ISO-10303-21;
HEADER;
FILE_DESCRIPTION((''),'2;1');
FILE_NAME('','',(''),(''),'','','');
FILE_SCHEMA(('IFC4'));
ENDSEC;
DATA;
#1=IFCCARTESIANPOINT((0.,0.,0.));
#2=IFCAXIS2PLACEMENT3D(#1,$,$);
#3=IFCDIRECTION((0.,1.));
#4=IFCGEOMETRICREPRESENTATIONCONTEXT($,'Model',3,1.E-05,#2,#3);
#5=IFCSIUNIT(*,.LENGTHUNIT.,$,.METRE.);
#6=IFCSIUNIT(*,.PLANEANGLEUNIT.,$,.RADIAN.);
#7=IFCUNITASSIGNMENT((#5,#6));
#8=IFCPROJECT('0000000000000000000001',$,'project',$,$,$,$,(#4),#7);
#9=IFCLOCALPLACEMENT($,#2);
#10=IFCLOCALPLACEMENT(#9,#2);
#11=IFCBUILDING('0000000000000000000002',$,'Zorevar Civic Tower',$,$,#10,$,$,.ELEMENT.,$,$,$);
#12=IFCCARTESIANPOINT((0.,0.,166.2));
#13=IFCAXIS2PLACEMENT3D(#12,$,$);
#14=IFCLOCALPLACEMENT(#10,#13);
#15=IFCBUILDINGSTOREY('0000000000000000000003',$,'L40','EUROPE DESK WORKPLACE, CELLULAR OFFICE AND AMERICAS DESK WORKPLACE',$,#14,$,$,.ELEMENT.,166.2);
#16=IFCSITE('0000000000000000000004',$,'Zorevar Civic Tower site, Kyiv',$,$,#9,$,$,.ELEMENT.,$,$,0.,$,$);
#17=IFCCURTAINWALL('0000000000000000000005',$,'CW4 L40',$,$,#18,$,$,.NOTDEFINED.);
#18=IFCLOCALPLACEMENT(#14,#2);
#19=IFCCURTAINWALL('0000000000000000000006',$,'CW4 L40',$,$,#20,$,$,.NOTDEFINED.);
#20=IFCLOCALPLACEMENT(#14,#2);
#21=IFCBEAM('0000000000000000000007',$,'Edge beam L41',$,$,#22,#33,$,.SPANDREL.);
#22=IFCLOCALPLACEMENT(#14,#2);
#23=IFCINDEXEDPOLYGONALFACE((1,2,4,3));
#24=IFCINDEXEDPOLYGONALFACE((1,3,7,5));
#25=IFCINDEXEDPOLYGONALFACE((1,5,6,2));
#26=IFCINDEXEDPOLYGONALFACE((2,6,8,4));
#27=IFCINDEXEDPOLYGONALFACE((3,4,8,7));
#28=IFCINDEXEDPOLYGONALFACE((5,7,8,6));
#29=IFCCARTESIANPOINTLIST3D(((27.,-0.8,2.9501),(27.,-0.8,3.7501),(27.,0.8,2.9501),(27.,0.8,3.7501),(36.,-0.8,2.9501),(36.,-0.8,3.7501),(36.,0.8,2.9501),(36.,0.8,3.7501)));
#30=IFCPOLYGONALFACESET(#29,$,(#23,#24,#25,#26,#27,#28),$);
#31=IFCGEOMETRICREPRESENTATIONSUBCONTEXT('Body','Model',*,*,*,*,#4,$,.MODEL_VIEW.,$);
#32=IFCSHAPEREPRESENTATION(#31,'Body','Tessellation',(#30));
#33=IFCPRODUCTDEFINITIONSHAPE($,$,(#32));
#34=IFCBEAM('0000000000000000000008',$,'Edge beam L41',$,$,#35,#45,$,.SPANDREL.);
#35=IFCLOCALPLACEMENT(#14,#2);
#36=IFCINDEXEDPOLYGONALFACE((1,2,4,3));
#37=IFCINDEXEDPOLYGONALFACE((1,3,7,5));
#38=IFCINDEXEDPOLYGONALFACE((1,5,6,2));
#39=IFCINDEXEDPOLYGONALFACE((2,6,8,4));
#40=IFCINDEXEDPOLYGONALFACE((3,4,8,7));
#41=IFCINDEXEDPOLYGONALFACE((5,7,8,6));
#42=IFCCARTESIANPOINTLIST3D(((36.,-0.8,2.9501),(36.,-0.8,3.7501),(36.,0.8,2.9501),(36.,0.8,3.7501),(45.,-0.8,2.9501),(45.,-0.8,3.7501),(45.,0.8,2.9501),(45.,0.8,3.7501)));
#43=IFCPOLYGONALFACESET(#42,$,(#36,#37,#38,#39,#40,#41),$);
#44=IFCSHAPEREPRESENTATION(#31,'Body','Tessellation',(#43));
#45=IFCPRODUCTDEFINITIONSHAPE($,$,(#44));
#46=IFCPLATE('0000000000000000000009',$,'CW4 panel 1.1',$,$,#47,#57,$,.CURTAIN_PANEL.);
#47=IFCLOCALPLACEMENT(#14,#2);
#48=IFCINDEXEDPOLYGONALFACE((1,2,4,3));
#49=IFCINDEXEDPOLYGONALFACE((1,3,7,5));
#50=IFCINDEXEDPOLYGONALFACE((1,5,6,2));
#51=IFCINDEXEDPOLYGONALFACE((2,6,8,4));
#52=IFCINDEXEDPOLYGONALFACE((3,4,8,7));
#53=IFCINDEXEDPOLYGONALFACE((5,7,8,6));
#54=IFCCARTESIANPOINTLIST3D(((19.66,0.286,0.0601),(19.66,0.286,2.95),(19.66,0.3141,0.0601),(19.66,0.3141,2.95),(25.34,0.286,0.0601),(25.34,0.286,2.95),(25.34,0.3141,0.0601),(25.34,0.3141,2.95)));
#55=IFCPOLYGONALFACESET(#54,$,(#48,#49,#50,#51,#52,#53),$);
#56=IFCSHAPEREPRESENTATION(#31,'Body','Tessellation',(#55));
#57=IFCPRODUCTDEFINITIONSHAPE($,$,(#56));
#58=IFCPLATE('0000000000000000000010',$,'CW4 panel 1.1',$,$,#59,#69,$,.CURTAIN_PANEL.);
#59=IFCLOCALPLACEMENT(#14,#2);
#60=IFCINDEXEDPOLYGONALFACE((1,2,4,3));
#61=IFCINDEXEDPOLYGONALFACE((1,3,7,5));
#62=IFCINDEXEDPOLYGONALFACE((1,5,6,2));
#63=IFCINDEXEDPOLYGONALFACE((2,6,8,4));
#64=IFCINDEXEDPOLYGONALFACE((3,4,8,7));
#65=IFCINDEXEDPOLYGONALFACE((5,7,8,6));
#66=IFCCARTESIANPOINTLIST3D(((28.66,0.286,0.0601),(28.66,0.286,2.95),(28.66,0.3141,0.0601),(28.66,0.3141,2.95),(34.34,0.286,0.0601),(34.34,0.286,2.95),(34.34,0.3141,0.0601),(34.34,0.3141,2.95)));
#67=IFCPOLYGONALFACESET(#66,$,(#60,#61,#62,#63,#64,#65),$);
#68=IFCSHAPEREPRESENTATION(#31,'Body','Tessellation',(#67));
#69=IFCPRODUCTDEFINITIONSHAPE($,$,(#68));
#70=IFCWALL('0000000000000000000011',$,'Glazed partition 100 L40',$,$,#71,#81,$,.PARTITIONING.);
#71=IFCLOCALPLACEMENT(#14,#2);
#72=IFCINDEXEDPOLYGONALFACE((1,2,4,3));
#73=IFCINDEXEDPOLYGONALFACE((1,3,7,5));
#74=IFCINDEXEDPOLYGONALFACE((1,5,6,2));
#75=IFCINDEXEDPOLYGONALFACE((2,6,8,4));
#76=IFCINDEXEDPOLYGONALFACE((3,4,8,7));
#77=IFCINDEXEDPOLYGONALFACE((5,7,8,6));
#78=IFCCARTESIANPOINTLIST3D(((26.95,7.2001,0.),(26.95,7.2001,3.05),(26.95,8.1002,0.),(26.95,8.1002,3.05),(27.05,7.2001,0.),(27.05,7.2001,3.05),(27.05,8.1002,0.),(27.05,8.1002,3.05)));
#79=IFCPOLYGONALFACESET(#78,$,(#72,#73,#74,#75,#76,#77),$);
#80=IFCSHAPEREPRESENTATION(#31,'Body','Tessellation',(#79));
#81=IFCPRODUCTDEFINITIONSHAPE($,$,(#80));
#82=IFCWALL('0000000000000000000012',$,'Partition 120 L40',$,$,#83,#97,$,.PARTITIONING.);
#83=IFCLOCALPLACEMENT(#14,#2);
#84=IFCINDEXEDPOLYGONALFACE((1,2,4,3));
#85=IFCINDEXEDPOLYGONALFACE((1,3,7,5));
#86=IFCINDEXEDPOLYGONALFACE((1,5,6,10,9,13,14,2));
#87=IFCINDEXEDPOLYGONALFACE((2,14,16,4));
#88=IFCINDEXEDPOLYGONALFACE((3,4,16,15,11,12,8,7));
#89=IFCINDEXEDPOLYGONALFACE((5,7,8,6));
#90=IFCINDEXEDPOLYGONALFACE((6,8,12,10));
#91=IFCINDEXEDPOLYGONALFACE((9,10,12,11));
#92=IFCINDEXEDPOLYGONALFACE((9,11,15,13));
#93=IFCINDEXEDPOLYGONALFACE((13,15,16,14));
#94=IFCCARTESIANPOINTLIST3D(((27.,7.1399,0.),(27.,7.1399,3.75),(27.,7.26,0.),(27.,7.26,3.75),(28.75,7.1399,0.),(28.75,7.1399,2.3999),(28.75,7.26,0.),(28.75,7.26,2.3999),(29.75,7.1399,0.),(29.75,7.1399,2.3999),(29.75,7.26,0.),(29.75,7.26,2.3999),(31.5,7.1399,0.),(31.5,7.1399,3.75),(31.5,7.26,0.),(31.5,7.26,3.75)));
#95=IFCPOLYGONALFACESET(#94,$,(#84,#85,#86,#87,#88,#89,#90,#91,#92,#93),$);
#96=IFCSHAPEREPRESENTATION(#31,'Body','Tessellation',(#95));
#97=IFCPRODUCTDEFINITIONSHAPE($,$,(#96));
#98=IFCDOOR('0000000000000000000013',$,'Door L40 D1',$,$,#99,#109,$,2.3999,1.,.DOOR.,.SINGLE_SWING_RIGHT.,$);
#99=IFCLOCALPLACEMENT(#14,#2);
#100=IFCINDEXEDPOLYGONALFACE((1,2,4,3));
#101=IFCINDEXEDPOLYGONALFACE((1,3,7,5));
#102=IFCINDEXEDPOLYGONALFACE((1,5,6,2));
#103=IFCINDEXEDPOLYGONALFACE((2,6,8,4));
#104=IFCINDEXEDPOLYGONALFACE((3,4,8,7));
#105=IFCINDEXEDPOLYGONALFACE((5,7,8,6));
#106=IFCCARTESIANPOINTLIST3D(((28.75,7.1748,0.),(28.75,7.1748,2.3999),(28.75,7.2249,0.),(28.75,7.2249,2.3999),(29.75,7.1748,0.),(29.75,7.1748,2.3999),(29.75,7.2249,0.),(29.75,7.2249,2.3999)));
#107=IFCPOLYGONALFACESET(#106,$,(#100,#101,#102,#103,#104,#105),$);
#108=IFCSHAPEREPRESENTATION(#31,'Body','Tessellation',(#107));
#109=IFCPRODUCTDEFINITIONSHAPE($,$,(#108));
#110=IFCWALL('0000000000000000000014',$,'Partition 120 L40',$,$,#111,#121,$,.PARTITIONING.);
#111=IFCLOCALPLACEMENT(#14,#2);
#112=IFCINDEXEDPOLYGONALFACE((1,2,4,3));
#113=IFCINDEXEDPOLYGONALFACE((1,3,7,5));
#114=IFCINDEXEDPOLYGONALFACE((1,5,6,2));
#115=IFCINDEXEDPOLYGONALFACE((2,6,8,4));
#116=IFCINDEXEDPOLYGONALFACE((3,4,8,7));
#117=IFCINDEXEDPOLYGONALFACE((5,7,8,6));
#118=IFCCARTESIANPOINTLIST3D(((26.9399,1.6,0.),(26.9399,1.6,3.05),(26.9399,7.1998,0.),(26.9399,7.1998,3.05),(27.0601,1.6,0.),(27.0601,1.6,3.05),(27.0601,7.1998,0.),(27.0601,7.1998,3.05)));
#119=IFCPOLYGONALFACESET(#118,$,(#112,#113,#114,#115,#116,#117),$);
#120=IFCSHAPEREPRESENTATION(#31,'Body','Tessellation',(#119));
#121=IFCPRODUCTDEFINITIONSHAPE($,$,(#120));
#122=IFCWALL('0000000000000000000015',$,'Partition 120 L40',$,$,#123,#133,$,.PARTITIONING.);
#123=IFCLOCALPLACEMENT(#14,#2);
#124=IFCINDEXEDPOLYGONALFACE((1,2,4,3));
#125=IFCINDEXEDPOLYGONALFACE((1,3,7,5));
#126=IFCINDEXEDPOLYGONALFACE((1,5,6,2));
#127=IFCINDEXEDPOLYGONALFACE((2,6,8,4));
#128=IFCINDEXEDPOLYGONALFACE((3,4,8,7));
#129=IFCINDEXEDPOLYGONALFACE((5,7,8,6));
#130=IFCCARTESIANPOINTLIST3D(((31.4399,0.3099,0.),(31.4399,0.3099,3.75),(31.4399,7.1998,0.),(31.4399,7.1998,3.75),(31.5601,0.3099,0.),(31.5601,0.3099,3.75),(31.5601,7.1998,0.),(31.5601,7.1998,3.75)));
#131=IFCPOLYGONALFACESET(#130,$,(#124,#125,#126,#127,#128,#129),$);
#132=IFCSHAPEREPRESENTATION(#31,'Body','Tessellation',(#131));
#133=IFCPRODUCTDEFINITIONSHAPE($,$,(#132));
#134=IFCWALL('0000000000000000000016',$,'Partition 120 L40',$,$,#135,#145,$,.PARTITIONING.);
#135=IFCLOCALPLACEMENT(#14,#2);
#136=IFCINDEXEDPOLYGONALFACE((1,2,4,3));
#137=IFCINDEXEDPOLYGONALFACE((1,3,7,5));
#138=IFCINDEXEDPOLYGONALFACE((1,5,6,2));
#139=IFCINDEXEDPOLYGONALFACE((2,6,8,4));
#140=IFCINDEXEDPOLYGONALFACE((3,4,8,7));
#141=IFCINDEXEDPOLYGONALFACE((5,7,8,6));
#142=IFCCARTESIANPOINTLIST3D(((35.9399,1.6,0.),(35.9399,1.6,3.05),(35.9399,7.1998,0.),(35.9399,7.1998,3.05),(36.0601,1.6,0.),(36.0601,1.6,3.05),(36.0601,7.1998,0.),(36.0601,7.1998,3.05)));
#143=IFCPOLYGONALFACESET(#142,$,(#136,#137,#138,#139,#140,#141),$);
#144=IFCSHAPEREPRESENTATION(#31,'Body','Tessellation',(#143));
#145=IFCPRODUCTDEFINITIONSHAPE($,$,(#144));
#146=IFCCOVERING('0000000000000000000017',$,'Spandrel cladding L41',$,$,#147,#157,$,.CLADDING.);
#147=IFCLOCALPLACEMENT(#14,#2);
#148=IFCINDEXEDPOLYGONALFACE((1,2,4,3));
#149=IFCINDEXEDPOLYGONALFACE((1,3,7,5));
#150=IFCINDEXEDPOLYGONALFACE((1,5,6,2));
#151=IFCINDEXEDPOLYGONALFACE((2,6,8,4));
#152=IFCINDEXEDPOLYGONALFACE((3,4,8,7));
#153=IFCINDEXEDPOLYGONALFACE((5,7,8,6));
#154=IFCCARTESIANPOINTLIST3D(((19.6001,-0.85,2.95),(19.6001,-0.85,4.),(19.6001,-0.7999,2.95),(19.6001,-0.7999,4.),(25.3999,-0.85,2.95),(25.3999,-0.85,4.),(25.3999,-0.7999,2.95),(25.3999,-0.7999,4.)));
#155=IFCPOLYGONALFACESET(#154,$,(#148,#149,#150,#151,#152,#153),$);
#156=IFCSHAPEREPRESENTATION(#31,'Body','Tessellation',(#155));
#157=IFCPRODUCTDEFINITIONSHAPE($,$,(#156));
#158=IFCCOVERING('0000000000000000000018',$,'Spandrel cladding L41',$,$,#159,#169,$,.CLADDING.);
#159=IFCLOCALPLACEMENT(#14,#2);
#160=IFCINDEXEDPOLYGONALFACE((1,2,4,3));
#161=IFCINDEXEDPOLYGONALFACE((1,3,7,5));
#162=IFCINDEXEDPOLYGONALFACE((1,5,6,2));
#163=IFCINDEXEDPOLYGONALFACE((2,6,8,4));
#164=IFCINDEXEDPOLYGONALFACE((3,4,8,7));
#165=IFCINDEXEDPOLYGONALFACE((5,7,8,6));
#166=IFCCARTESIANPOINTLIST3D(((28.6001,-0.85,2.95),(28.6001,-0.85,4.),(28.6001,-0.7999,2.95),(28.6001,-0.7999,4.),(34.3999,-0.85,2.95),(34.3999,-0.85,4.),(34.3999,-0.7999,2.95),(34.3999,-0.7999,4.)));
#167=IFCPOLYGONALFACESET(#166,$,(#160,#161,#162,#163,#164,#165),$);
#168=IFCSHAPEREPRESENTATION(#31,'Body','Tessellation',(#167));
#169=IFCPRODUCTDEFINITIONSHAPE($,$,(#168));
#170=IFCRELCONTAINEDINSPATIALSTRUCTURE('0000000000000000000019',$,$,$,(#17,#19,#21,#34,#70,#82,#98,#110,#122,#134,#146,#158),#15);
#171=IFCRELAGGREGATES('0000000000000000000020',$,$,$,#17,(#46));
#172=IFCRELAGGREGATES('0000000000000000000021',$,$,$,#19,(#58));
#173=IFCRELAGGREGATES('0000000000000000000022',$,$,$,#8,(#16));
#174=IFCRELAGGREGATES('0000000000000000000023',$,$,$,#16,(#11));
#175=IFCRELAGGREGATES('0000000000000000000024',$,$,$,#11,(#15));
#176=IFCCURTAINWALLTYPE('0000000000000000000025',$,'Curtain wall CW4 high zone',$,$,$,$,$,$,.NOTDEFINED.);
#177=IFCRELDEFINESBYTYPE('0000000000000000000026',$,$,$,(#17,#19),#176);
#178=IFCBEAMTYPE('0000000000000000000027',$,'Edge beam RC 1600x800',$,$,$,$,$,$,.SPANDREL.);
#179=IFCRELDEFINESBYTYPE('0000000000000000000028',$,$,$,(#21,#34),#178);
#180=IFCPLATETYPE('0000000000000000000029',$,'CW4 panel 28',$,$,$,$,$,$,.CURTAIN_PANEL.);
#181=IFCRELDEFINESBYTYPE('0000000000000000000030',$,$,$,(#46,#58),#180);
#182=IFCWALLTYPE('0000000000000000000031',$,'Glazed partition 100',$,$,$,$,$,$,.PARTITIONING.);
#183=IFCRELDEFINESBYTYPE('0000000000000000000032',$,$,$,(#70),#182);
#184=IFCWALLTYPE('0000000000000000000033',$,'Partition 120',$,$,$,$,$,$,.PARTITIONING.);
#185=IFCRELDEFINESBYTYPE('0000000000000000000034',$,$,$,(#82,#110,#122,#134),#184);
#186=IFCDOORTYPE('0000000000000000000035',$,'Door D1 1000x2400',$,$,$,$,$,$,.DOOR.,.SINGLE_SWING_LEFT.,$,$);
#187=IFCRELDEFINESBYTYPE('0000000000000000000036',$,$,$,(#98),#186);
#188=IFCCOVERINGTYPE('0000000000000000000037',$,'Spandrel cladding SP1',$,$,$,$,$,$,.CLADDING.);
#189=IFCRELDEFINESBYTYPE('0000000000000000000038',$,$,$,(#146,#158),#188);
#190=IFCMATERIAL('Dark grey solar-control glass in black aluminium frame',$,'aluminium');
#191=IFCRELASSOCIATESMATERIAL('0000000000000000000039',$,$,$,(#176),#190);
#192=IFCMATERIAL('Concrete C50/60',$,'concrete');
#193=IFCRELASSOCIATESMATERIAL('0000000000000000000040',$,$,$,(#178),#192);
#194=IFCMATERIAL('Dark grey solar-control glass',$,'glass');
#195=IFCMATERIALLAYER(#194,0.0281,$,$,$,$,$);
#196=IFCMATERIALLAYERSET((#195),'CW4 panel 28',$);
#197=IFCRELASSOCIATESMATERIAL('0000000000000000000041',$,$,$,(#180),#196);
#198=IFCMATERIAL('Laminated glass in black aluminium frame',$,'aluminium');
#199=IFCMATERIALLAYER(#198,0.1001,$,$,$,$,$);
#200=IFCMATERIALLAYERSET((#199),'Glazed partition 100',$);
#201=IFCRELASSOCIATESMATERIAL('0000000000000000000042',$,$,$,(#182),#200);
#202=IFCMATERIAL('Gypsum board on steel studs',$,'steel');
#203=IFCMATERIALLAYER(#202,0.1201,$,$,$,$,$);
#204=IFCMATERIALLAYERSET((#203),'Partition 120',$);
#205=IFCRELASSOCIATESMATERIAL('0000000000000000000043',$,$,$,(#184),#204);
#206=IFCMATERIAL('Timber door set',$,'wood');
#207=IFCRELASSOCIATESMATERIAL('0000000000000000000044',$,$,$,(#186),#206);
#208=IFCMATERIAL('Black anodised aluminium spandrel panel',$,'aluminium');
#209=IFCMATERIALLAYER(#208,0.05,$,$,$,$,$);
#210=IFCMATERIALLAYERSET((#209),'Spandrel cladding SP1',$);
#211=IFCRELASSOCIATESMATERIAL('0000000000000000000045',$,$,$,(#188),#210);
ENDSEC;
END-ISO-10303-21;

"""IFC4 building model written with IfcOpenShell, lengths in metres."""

from ifc_helpers import new_model, si_unit, direction, frame, frame_2d, origin, origin_2d, place, context, subcontext, project, spatial, rectangle, extrude, material, layer, layer_set, material_profile, profile_set, type_object, element, fill, aggregate, save


model = new_model("IFC4")

# Units and contexts
model_context = context("Model", 3, precision=1e-05, world=origin(), true_north=direction((0.0, 1.0)))
body_context = subcontext(model_context, "Body", "Model", "MODEL_VIEW")
ifc_project = project(units=[si_unit("LENGTHUNIT", "METRE"), si_unit("PLANEANGLEUNIT", "RADIAN")], contexts=[model_context])

# Site, building, storey
site_placement = place(None, origin())
site = spatial("IfcSite", under=ifc_project, at=site_placement, Name="Zorevar Civic Tower site, Kyiv", CompositionType="ELEMENT", RefElevation=0.0)
building_placement = place(site_placement, origin())
building = spatial("IfcBuilding", under=site, at=building_placement, Name="Zorevar Civic Tower", CompositionType="ELEMENT")
storey_placement = place(building_placement, frame((0.0, 0.0, 166.2)))
storey = spatial("IfcBuildingStorey", under=building, at=storey_placement, Name="L40", Description="EUROPE DESK WORKPLACE, CELLULAR OFFICE AND AMERICAS DESK WORKPLACE", CompositionType="ELEMENT", Elevation=166.2)

# Curtain walls
ifc_material_1 = material(Name="Dark grey solar-control glass in black aluminium frame", Category="aluminium")
curtain_wall_type = type_object("IfcCurtainWallType", Name="Curtain wall CW4 high zone", PredefinedType="NOTDEFINED", material=ifc_material_1)
curtain_wall_1_placement = place(storey_placement, origin())
curtain_wall_1 = element("IfcCurtainWall", 1, at=curtain_wall_1_placement, inside=storey, type_object=curtain_wall_type, Name="CW4 L40", PredefinedType="NOTDEFINED")
curtain_wall_2_placement = place(storey_placement, origin())
curtain_wall_2 = element("IfcCurtainWall", 2, at=curtain_wall_2_placement, inside=storey, type_object=curtain_wall_type, Name="CW4 L40", PredefinedType="NOTDEFINED")

# Beams
ifc_material_2 = material(Name="Concrete C50/60", Category="concrete")
ifc_material_profile_1 = material_profile(ifc_material_2, rectangle(XDim=1.6001, YDim=0.8, at=origin_2d()), Name="RC 1600x800")
ifc_profile_set_1 = profile_set([ifc_material_profile_1], Name="Concrete C50/60")
beam_type_1 = type_object("IfcBeamType", Name="Edge beam RC 1600x800", PredefinedType="SPANDREL", material=ifc_profile_set_1)
for number, where, z_axis, x_axis, name in (
    (3, (27.0, 0.0, 3.3501), (1.0, 0.0, 0.0), (0.0, 1.0, 0.0), "Edge beam L41"),
    (4, (36.0, 0.0, 3.3501), (1.0, 0.0, 0.0), (0.0, 1.0, 0.0), "Edge beam L41"),
):
    element("IfcBeam", number, at=place(storey_placement, frame(where, z_axis=z_axis, x_axis=x_axis)), inside=storey, type_object=beam_type_1, Name=name, PredefinedType="SPANDREL", context=body_context, shape_type="SweptSolid", body=[
        extrude(rectangle(XDim=1.6001, YDim=0.8, at=origin_2d()), origin(), (0.0, 0.0, 1.0), 9.0),
    ])

# Plates
ifc_material_3 = material(Name="Dark grey solar-control glass", Category="glass")
ifc_layer_1 = layer(ifc_material_3, 0.0281)
ifc_layer_set_1 = layer_set([ifc_layer_1], Name="CW4 panel 28")
plate_type = type_object("IfcPlateType", Name="CW4 panel 28", PredefinedType="CURTAIN_PANEL", material=ifc_layer_set_1)
plate_1_placement = place(storey_placement, frame((22.5, 0.3, 0.0601), z_axis=(0.0, 0.0, 1.0), x_axis=(1.0, 0.0, 0.0)))
plate_1 = element("IfcPlate", 5, at=plate_1_placement, type_object=plate_type, Name="CW4 panel 1.1", PredefinedType="CURTAIN_PANEL", context=body_context, shape_type="SweptSolid", body=[
    extrude(rectangle(XDim=5.6799, YDim=0.0281, at=origin_2d()), origin(), (0.0, 0.0, 1.0), 2.8899),
])
aggregate(curtain_wall_1, [plate_1])
plate_2_placement = place(storey_placement, frame((31.5, 0.3, 0.0601), z_axis=(0.0, 0.0, 1.0), x_axis=(1.0, 0.0, 0.0)))
plate_2 = element("IfcPlate", 6, at=plate_2_placement, type_object=plate_type, Name="CW4 panel 1.1", PredefinedType="CURTAIN_PANEL", context=body_context, shape_type="SweptSolid", body=[
    extrude(rectangle(XDim=5.6799, YDim=0.0281, at=origin_2d()), origin(), (0.0, 0.0, 1.0), 2.8899),
])
aggregate(curtain_wall_2, [plate_2])

# Wall
ifc_material_4 = material(Name="Laminated glass in black aluminium frame", Category="aluminium")
ifc_layer_2 = layer(ifc_material_4, 0.1001)
ifc_layer_set_2 = layer_set([ifc_layer_2], Name="Glazed partition 100")
wall_type_1 = type_object("IfcWallType", Name="Glazed partition 100", PredefinedType="PARTITIONING", material=ifc_layer_set_2)
wall_1_placement = place(storey_placement, frame((27.0, 7.2, 0.0), z_axis=(0.0, 0.0, 1.0), x_axis=(0.0, 1.0, 0.0)))
element("IfcWall", 7, at=wall_1_placement, inside=storey, type_object=wall_type_1, Name="Glazed partition 100 L40", PredefinedType="PARTITIONING", context=body_context, shape_type="SweptSolid", body=[
    extrude(rectangle(XDim=0.9001, YDim=0.1001, at=frame_2d((0.4502, 0.0))), origin(), (0.0, 0.0, 1.0), 3.05),
])

# Wall, opening, door
ifc_material_5 = material(Name="Gypsum board on steel studs", Category="steel")
ifc_layer_3 = layer(ifc_material_5, 0.1201)
ifc_layer_set_3 = layer_set([ifc_layer_3], Name="Partition 120")
wall_type_2 = type_object("IfcWallType", Name="Partition 120", PredefinedType="PARTITIONING", material=ifc_layer_set_3)
wall_2_placement = place(storey_placement, frame((27.0, 7.2, 0.0), z_axis=(0.0, 0.0, 1.0), x_axis=(1.0, 0.0, 0.0)))
wall_2 = element("IfcWall", 8, at=wall_2_placement, inside=storey, type_object=wall_type_2, Name="Partition 120 L40", PredefinedType="PARTITIONING", context=body_context, shape_type="SweptSolid", body=[
    extrude(rectangle(XDim=4.5, YDim=0.1201, at=frame_2d((2.25, 0.0))), origin(), (0.0, 0.0, 1.0), 3.75),
])
opening_placement = place(wall_2_placement, frame((1.75, 0.0, 0.0)))
opening = element("IfcOpeningElement", 9, at=opening_placement, cuts=wall_2, PredefinedType="OPENING", context=body_context, shape_type="SweptSolid", body=[
    extrude(rectangle(XDim=1.0, YDim=2.3999, at=frame_2d((0.5, 1.2))), frame((0.0, 0.0701, 0.0), z_axis=(0.0, -1.0, 0.0), x_axis=(1.0, 0.0, 0.0)), (0.0, 0.0, 1.0), 0.1401),
])
ifc_material_6 = material(Name="Timber door set", Category="wood")
door_type = type_object("IfcDoorType", Name="Door D1 1000x2400", OperationType="SINGLE_SWING_LEFT", PredefinedType="DOOR", material=ifc_material_6)
door_placement = place(opening_placement, origin())
door = element("IfcDoor", 10, at=door_placement, inside=storey, type_object=door_type, Name="Door L40 D1", OperationType="SINGLE_SWING_RIGHT", OverallHeight=2.3999, OverallWidth=1.0, PredefinedType="DOOR", context=body_context, shape_type="SweptSolid", body=[
    extrude(rectangle(XDim=1.0, YDim=2.3999, at=frame_2d((0.5, 1.2))), frame((0.0, 0.0249, 0.0), z_axis=(0.0, -1.0, 0.0), x_axis=(1.0, 0.0, 0.0)), (0.0, 0.0, 1.0), 0.05),
])
fill(opening, door)

# Walls
wall_3_placement = place(storey_placement, frame((27.0, 1.6001, 0.0), z_axis=(0.0, 0.0, 1.0), x_axis=(0.0, 1.0, 0.0)))
element("IfcWall", 11, at=wall_3_placement, inside=storey, type_object=wall_type_2, Name="Partition 120 L40", PredefinedType="PARTITIONING", context=body_context, shape_type="SweptSolid", body=[
    extrude(rectangle(XDim=5.5999, YDim=0.1201, at=frame_2d((2.7998, 0.0))), origin(), (0.0, 0.0, 1.0), 3.05),
])
wall_4_placement = place(storey_placement, frame((31.5, 0.3101, 0.0), z_axis=(0.0, 0.0, 1.0), x_axis=(0.0, 1.0, 0.0)))
element("IfcWall", 12, at=wall_4_placement, inside=storey, type_object=wall_type_2, Name="Partition 120 L40", PredefinedType="PARTITIONING", context=body_context, shape_type="SweptSolid", body=[
    extrude(rectangle(XDim=6.8899, YDim=0.1201, at=frame_2d((3.4448, 0.0))), origin(), (0.0, 0.0, 1.0), 3.75),
])
wall_5_placement = place(storey_placement, frame((36.0, 1.6001, 0.0), z_axis=(0.0, 0.0, 1.0), x_axis=(0.0, 1.0, 0.0)))
element("IfcWall", 13, at=wall_5_placement, inside=storey, type_object=wall_type_2, Name="Partition 120 L40", PredefinedType="PARTITIONING", context=body_context, shape_type="SweptSolid", body=[
    extrude(rectangle(XDim=5.5999, YDim=0.1201, at=frame_2d((2.7998, 0.0))), origin(), (0.0, 0.0, 1.0), 3.05),
])

# Coverings
ifc_material_7 = material(Name="Black anodised aluminium spandrel panel", Category="aluminium")
ifc_layer_4 = layer(ifc_material_7, 0.05)
ifc_layer_set_4 = layer_set([ifc_layer_4], Name="Spandrel cladding SP1")
covering_type = type_object("IfcCoveringType", Name="Spandrel cladding SP1", PredefinedType="CLADDING", material=ifc_layer_set_4)
for number, where, z_axis, x_axis, name in (
    (14, (19.6001, -0.825, 2.95), (0.0, 0.0, 1.0), (1.0, 0.0, 0.0), "Spandrel cladding L41"),
    (15, (28.6001, -0.825, 2.95), (0.0, 0.0, 1.0), (1.0, 0.0, 0.0), "Spandrel cladding L41"),
):
    element("IfcCovering", number, at=place(storey_placement, frame(where, z_axis=z_axis, x_axis=x_axis)), inside=storey, type_object=covering_type, Name=name, PredefinedType="CLADDING", context=body_context, shape_type="SweptSolid", body=[
        extrude(rectangle(XDim=5.7998, YDim=0.05, at=frame_2d((2.8999, 0.0))), origin(), (0.0, 0.0, 1.0), 1.05),
    ])

save(model, "model.ifc")
